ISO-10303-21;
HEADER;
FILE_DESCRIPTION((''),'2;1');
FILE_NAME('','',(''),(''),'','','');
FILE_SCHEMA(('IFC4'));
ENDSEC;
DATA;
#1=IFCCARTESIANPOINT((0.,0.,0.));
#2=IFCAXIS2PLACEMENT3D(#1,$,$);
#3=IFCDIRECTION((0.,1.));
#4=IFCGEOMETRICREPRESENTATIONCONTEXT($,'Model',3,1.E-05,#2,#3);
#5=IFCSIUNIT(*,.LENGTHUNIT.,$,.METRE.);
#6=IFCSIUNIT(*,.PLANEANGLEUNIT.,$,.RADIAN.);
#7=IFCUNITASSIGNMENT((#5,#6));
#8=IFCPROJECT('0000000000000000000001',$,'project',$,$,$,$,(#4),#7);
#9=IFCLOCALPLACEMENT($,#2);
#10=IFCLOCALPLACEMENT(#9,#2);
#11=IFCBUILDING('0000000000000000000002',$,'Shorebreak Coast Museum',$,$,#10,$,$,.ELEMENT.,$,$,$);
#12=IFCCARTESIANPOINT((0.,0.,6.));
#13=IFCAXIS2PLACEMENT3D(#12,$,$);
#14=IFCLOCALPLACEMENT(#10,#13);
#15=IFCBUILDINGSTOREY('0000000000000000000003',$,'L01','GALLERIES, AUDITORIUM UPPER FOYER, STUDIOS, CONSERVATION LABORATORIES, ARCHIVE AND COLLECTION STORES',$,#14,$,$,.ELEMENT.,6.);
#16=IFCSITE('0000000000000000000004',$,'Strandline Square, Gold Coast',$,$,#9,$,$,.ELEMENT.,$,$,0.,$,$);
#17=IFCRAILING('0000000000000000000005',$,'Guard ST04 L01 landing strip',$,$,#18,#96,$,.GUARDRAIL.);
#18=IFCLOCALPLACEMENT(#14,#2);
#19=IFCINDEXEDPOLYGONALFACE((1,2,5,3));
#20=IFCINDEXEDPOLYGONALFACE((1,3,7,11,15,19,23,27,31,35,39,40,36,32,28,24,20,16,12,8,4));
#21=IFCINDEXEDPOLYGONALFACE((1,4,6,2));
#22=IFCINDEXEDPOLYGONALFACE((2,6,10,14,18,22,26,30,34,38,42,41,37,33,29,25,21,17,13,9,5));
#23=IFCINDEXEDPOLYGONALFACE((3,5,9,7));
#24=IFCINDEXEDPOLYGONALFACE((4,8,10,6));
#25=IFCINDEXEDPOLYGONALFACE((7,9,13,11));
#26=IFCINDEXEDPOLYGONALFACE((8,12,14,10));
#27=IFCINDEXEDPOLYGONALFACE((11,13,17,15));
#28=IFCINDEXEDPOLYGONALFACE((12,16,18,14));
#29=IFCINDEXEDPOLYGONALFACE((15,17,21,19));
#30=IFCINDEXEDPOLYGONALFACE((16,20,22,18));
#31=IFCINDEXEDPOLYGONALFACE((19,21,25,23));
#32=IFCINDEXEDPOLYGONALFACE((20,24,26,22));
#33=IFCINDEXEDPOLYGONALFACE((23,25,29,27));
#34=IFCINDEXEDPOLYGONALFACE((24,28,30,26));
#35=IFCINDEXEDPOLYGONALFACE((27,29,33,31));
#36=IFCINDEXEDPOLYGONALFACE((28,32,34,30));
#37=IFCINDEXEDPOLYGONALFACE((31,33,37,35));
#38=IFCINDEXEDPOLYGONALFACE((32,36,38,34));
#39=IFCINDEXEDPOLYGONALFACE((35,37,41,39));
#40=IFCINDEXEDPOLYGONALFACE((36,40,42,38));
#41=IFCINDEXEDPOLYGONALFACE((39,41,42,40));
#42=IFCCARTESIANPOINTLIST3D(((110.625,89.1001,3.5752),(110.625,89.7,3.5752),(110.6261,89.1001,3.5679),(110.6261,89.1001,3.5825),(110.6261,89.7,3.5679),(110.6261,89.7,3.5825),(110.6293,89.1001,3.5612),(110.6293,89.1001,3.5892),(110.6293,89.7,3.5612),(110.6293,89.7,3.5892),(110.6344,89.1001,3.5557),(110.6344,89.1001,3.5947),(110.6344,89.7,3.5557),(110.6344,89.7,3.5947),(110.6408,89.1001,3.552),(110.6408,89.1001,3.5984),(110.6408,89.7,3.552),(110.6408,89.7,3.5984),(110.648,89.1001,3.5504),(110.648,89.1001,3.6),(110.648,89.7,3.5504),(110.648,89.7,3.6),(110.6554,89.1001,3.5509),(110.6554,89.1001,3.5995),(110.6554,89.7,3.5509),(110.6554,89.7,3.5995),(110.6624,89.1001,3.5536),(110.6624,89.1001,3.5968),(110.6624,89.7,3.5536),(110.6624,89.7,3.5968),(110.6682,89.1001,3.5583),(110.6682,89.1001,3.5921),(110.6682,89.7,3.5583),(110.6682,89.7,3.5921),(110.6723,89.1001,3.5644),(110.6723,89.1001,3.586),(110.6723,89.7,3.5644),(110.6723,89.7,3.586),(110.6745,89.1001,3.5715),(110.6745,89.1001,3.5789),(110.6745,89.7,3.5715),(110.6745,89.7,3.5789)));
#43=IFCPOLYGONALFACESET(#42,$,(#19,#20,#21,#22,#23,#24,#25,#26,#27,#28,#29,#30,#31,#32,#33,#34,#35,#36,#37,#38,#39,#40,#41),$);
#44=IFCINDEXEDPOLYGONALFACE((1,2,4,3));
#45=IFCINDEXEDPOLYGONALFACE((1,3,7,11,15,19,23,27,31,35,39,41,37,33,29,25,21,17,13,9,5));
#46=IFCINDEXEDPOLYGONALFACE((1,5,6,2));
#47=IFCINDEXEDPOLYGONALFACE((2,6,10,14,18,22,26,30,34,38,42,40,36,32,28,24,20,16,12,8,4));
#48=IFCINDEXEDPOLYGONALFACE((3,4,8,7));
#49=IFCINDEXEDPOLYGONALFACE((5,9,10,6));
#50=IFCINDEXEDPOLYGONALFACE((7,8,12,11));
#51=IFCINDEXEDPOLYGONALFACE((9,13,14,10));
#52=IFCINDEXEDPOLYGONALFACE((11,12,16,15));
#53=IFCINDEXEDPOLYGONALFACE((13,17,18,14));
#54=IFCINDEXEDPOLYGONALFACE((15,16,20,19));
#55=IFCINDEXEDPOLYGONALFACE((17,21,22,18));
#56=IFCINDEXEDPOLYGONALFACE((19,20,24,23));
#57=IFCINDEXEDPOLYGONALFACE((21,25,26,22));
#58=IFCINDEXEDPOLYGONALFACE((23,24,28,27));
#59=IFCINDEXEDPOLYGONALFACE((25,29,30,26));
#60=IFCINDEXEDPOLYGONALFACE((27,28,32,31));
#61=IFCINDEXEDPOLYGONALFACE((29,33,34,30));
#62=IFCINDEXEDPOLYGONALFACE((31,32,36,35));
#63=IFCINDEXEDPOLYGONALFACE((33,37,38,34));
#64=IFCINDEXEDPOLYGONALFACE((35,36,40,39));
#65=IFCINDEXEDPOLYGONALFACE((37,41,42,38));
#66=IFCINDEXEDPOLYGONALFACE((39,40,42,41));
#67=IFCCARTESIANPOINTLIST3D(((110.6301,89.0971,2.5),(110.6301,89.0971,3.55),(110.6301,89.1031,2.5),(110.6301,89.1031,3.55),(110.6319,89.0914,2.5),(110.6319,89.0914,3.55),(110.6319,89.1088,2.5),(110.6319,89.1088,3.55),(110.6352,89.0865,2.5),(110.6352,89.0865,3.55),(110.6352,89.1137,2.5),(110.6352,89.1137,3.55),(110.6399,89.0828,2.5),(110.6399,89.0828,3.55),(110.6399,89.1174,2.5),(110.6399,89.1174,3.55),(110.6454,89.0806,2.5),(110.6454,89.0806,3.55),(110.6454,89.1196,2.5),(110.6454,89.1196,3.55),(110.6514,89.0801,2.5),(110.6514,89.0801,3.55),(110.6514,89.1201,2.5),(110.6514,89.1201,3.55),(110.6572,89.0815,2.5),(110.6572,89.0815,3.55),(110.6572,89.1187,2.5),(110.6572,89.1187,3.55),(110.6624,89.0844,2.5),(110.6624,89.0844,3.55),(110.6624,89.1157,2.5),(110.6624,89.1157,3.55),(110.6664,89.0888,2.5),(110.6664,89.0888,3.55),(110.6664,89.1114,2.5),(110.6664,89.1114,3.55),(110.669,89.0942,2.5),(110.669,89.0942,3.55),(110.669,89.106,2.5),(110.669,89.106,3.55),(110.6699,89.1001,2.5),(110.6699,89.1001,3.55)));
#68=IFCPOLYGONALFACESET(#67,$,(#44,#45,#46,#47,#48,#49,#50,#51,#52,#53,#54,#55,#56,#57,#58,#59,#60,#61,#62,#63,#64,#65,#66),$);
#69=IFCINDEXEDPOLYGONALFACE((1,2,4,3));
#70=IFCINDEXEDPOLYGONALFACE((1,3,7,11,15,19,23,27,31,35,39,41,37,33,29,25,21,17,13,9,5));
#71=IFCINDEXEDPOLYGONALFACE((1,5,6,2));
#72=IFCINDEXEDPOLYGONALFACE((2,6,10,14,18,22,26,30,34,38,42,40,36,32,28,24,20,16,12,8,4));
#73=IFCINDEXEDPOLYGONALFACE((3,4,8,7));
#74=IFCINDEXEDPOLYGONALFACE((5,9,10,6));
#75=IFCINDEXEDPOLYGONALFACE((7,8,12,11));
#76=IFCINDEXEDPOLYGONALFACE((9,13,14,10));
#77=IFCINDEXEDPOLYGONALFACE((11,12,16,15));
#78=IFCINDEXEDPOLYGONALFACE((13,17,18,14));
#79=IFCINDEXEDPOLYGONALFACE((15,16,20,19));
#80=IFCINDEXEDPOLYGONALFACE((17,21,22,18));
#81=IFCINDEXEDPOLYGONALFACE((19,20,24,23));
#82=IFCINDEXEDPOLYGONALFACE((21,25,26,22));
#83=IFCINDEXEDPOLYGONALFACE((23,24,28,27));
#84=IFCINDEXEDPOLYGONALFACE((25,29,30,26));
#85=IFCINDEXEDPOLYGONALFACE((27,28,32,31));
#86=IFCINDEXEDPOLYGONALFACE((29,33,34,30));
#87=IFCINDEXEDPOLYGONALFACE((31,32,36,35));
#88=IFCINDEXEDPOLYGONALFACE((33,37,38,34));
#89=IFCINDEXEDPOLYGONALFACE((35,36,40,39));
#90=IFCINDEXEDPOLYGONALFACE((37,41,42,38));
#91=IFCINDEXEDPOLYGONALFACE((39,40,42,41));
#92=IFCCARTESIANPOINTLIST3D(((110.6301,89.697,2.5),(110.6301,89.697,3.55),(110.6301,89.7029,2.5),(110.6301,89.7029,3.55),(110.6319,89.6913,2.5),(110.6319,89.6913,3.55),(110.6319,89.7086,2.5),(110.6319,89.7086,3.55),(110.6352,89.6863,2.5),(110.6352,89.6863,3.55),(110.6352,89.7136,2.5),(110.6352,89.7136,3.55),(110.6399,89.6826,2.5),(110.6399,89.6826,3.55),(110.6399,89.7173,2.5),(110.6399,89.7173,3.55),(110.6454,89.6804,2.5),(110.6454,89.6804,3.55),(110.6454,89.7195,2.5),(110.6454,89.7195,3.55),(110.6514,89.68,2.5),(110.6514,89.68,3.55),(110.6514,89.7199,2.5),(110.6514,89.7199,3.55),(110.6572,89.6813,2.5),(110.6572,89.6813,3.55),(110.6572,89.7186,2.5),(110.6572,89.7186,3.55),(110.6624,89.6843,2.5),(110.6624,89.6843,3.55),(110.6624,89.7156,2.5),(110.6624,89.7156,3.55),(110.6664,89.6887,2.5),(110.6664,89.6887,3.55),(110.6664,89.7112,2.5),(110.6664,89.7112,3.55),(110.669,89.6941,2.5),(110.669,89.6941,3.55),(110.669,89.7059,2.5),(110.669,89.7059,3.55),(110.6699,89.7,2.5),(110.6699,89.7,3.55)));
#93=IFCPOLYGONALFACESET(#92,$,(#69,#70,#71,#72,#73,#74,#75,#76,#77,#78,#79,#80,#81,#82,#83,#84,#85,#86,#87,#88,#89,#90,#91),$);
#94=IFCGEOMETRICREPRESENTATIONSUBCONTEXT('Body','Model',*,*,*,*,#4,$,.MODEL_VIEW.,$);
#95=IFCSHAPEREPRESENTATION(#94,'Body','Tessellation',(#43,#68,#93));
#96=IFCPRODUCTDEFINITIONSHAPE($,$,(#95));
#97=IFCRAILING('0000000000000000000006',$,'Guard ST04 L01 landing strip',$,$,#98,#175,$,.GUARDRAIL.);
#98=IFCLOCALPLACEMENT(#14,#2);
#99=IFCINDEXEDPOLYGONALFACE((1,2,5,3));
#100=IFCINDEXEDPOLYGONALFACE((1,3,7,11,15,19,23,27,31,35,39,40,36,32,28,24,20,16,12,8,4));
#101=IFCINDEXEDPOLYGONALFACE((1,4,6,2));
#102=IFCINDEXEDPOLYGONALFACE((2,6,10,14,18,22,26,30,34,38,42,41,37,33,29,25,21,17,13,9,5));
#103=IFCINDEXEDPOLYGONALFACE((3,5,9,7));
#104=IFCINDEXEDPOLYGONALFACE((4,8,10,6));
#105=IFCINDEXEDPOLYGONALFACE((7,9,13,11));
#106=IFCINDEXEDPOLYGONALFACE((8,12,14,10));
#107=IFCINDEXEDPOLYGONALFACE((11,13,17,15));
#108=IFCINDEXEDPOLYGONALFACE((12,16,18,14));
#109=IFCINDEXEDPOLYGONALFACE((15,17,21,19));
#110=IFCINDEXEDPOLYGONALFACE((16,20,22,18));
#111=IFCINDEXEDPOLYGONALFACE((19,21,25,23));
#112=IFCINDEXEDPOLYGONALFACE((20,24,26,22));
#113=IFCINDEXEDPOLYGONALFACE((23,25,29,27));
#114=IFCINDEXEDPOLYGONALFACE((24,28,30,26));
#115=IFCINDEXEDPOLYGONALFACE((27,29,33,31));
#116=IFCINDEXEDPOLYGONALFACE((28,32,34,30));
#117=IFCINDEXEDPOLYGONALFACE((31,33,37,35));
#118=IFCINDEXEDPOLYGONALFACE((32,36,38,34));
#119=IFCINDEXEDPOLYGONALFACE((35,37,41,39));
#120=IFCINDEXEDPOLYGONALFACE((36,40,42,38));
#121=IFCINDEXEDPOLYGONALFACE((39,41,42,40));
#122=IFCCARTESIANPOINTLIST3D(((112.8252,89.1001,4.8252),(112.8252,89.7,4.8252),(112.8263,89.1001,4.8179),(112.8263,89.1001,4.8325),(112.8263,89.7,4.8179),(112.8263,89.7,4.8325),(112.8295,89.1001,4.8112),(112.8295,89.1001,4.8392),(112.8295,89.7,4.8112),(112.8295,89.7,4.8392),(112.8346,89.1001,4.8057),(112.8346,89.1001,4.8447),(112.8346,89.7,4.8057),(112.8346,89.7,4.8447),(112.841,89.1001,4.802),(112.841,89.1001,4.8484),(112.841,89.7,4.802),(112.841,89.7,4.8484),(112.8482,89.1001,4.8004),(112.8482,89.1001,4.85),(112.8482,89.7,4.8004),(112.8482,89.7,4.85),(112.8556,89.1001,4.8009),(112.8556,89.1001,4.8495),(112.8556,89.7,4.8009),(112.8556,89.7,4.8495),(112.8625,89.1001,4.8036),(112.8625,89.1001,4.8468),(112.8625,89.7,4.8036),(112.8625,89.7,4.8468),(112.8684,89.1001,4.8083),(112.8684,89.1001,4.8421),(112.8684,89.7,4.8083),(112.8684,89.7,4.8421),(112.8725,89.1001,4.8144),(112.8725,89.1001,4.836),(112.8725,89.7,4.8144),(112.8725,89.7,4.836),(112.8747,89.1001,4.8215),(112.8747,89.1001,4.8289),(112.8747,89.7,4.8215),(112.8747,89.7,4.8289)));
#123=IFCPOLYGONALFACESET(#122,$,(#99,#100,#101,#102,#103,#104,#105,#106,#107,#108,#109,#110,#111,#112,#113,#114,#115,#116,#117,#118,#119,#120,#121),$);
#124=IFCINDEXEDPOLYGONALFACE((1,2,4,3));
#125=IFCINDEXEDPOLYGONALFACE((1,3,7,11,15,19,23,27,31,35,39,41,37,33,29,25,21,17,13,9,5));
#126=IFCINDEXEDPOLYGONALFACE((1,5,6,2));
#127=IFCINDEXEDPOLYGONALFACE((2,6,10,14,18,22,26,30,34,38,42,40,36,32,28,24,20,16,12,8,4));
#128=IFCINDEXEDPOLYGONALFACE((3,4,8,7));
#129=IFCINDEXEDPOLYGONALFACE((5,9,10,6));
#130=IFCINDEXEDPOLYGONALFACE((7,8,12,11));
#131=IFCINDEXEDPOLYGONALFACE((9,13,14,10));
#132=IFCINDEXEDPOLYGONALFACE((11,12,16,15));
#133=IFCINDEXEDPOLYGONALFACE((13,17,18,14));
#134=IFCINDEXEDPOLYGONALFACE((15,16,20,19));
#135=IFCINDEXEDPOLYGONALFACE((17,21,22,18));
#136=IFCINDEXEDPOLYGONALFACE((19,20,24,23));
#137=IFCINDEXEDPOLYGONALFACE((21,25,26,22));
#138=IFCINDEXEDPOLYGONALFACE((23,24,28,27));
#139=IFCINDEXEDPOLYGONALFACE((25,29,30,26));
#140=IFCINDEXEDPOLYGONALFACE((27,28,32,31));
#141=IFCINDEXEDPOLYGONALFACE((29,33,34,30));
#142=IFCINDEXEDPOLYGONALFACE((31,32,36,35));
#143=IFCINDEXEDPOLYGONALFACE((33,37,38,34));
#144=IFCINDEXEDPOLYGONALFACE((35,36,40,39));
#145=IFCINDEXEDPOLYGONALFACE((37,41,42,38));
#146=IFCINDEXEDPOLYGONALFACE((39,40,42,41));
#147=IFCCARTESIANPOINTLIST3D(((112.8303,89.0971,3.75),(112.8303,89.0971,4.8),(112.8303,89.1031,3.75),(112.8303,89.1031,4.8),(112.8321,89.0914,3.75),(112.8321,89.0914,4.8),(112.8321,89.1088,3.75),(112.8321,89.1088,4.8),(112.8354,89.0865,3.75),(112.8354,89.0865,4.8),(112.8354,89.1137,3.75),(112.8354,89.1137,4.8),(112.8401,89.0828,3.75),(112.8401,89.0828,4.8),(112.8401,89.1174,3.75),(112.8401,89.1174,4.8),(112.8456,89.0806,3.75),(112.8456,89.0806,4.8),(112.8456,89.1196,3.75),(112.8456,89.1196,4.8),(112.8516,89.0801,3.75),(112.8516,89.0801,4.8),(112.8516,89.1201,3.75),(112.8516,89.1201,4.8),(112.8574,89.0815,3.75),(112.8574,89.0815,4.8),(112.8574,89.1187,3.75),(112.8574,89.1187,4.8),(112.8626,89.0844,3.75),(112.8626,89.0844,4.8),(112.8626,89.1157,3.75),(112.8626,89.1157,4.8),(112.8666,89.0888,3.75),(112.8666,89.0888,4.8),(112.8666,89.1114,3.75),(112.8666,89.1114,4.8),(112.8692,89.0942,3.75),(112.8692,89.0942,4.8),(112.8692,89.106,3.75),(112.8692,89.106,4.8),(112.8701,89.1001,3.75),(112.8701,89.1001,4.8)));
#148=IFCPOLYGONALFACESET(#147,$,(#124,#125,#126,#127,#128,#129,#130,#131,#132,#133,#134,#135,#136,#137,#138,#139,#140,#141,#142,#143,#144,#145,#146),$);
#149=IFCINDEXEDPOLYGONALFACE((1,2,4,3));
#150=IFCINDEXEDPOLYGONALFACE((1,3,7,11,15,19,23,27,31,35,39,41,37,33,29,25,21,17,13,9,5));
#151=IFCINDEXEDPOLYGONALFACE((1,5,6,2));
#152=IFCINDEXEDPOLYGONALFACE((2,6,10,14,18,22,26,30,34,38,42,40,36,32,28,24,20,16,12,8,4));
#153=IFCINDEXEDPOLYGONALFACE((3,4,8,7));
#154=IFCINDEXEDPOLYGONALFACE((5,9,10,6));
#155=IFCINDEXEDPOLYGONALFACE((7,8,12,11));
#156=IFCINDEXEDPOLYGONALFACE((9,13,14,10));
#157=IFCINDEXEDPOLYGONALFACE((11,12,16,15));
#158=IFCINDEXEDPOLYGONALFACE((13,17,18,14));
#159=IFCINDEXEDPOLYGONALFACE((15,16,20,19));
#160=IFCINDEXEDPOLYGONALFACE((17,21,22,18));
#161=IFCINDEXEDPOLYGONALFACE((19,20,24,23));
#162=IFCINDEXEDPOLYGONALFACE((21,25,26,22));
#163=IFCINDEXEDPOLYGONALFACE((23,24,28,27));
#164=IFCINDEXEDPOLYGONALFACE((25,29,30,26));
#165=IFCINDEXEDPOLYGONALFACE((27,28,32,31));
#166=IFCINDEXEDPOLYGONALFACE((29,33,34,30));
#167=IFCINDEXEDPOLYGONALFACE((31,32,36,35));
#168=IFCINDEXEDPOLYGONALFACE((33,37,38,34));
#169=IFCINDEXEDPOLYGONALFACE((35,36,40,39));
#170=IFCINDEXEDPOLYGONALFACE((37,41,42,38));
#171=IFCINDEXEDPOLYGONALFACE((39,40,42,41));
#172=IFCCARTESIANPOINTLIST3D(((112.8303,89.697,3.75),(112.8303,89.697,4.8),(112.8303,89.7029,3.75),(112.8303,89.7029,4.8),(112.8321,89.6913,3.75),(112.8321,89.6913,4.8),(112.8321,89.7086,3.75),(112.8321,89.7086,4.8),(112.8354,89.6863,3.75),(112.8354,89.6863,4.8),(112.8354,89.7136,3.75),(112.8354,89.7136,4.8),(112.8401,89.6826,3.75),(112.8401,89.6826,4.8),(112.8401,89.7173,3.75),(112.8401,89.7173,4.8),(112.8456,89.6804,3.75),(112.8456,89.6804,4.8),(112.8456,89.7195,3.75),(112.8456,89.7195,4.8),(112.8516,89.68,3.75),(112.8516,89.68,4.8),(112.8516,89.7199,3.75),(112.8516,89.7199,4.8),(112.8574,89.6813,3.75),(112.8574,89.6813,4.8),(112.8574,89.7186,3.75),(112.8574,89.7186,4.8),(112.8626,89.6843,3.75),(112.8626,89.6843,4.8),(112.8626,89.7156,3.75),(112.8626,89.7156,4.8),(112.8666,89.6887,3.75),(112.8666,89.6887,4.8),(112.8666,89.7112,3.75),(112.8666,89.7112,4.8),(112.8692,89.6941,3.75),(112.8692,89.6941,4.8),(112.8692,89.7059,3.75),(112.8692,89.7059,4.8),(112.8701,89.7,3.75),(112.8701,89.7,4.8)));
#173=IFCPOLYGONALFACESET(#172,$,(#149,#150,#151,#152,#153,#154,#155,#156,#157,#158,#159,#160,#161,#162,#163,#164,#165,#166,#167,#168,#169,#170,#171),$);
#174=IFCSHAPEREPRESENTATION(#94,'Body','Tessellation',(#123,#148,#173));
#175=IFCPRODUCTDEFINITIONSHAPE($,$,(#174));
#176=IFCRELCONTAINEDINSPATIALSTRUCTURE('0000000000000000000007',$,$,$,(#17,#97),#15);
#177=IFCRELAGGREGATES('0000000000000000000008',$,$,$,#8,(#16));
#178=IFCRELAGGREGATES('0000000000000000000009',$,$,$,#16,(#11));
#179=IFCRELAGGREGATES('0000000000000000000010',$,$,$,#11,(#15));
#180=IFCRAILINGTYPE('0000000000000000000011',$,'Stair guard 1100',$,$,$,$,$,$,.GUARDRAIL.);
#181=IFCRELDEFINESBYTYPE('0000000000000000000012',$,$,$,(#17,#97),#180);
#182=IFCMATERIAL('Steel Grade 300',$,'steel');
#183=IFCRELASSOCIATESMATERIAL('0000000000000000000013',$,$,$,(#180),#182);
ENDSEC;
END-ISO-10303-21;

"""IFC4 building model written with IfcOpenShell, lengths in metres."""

from ifc_helpers import new_model, si_unit, direction, frame, origin, origin_2d, place, context, subcontext, project, spatial, circle, extrude, material, type_object, element, save


model = new_model("IFC4")

# Units and contexts
model_context = context("Model", 3, precision=1e-05, world=origin(), true_north=direction((0.0, 1.0)))
body_context = subcontext(model_context, "Body", "Model", "MODEL_VIEW")
ifc_project = project(units=[si_unit("LENGTHUNIT", "METRE"), si_unit("PLANEANGLEUNIT", "RADIAN")], contexts=[model_context])

# Site, building, storey
site_placement = place(None, origin())
site = spatial("IfcSite", under=ifc_project, at=site_placement, Name="Strandline Square, Gold Coast", CompositionType="ELEMENT", RefElevation=0.0)
building_placement = place(site_placement, origin())
building = spatial("IfcBuilding", under=site, at=building_placement, Name="Shorebreak Coast Museum", CompositionType="ELEMENT")
storey_placement = place(building_placement, frame((0.0, 0.0, 6.0)))
storey = spatial("IfcBuildingStorey", under=building, at=storey_placement, Name="L01", Description="GALLERIES, AUDITORIUM UPPER FOYER, STUDIOS, CONSERVATION LABORATORIES, ARCHIVE AND COLLECTION STORES", CompositionType="ELEMENT", Elevation=6.0)

# Railings
ifc_material_1 = material(Name="Steel Grade 300", Category="steel")
railing_type_1 = type_object("IfcRailingType", Name="Stair guard 1100", PredefinedType="GUARDRAIL", material=ifc_material_1)
for number, where, name in (
    (1, (110.6499, 89.1001, 2.5), "Guard ST04 L01 landing strip"),
    (2, (112.8501, 89.1001, 3.75), "Guard ST04 L01 landing strip"),
):
    element("IfcRailing", number, at=place(storey_placement, frame(where)), inside=storey, type_object=railing_type_1, Name=name, PredefinedType="GUARDRAIL", context=body_context, shape_type="SweptSolid", body=[
        extrude(circle(Radius=0.0249, at=origin_2d()), frame((0.0, 0.0, 1.0752), z_axis=(0.0, 1.0, 0.0), x_axis=(-1.0, 0.0, 0.0)), (0.0, 0.0, 1.0), 0.5999),
        extrude(circle(Radius=0.02, at=origin_2d()), origin(), (0.0, 0.0, 1.0), 1.05),
        extrude(circle(Radius=0.02, at=origin_2d()), frame((0.0, 0.5999, 0.0)), (0.0, 0.0, 1.0), 1.05),
    ])

save(model, "model.ifc")
